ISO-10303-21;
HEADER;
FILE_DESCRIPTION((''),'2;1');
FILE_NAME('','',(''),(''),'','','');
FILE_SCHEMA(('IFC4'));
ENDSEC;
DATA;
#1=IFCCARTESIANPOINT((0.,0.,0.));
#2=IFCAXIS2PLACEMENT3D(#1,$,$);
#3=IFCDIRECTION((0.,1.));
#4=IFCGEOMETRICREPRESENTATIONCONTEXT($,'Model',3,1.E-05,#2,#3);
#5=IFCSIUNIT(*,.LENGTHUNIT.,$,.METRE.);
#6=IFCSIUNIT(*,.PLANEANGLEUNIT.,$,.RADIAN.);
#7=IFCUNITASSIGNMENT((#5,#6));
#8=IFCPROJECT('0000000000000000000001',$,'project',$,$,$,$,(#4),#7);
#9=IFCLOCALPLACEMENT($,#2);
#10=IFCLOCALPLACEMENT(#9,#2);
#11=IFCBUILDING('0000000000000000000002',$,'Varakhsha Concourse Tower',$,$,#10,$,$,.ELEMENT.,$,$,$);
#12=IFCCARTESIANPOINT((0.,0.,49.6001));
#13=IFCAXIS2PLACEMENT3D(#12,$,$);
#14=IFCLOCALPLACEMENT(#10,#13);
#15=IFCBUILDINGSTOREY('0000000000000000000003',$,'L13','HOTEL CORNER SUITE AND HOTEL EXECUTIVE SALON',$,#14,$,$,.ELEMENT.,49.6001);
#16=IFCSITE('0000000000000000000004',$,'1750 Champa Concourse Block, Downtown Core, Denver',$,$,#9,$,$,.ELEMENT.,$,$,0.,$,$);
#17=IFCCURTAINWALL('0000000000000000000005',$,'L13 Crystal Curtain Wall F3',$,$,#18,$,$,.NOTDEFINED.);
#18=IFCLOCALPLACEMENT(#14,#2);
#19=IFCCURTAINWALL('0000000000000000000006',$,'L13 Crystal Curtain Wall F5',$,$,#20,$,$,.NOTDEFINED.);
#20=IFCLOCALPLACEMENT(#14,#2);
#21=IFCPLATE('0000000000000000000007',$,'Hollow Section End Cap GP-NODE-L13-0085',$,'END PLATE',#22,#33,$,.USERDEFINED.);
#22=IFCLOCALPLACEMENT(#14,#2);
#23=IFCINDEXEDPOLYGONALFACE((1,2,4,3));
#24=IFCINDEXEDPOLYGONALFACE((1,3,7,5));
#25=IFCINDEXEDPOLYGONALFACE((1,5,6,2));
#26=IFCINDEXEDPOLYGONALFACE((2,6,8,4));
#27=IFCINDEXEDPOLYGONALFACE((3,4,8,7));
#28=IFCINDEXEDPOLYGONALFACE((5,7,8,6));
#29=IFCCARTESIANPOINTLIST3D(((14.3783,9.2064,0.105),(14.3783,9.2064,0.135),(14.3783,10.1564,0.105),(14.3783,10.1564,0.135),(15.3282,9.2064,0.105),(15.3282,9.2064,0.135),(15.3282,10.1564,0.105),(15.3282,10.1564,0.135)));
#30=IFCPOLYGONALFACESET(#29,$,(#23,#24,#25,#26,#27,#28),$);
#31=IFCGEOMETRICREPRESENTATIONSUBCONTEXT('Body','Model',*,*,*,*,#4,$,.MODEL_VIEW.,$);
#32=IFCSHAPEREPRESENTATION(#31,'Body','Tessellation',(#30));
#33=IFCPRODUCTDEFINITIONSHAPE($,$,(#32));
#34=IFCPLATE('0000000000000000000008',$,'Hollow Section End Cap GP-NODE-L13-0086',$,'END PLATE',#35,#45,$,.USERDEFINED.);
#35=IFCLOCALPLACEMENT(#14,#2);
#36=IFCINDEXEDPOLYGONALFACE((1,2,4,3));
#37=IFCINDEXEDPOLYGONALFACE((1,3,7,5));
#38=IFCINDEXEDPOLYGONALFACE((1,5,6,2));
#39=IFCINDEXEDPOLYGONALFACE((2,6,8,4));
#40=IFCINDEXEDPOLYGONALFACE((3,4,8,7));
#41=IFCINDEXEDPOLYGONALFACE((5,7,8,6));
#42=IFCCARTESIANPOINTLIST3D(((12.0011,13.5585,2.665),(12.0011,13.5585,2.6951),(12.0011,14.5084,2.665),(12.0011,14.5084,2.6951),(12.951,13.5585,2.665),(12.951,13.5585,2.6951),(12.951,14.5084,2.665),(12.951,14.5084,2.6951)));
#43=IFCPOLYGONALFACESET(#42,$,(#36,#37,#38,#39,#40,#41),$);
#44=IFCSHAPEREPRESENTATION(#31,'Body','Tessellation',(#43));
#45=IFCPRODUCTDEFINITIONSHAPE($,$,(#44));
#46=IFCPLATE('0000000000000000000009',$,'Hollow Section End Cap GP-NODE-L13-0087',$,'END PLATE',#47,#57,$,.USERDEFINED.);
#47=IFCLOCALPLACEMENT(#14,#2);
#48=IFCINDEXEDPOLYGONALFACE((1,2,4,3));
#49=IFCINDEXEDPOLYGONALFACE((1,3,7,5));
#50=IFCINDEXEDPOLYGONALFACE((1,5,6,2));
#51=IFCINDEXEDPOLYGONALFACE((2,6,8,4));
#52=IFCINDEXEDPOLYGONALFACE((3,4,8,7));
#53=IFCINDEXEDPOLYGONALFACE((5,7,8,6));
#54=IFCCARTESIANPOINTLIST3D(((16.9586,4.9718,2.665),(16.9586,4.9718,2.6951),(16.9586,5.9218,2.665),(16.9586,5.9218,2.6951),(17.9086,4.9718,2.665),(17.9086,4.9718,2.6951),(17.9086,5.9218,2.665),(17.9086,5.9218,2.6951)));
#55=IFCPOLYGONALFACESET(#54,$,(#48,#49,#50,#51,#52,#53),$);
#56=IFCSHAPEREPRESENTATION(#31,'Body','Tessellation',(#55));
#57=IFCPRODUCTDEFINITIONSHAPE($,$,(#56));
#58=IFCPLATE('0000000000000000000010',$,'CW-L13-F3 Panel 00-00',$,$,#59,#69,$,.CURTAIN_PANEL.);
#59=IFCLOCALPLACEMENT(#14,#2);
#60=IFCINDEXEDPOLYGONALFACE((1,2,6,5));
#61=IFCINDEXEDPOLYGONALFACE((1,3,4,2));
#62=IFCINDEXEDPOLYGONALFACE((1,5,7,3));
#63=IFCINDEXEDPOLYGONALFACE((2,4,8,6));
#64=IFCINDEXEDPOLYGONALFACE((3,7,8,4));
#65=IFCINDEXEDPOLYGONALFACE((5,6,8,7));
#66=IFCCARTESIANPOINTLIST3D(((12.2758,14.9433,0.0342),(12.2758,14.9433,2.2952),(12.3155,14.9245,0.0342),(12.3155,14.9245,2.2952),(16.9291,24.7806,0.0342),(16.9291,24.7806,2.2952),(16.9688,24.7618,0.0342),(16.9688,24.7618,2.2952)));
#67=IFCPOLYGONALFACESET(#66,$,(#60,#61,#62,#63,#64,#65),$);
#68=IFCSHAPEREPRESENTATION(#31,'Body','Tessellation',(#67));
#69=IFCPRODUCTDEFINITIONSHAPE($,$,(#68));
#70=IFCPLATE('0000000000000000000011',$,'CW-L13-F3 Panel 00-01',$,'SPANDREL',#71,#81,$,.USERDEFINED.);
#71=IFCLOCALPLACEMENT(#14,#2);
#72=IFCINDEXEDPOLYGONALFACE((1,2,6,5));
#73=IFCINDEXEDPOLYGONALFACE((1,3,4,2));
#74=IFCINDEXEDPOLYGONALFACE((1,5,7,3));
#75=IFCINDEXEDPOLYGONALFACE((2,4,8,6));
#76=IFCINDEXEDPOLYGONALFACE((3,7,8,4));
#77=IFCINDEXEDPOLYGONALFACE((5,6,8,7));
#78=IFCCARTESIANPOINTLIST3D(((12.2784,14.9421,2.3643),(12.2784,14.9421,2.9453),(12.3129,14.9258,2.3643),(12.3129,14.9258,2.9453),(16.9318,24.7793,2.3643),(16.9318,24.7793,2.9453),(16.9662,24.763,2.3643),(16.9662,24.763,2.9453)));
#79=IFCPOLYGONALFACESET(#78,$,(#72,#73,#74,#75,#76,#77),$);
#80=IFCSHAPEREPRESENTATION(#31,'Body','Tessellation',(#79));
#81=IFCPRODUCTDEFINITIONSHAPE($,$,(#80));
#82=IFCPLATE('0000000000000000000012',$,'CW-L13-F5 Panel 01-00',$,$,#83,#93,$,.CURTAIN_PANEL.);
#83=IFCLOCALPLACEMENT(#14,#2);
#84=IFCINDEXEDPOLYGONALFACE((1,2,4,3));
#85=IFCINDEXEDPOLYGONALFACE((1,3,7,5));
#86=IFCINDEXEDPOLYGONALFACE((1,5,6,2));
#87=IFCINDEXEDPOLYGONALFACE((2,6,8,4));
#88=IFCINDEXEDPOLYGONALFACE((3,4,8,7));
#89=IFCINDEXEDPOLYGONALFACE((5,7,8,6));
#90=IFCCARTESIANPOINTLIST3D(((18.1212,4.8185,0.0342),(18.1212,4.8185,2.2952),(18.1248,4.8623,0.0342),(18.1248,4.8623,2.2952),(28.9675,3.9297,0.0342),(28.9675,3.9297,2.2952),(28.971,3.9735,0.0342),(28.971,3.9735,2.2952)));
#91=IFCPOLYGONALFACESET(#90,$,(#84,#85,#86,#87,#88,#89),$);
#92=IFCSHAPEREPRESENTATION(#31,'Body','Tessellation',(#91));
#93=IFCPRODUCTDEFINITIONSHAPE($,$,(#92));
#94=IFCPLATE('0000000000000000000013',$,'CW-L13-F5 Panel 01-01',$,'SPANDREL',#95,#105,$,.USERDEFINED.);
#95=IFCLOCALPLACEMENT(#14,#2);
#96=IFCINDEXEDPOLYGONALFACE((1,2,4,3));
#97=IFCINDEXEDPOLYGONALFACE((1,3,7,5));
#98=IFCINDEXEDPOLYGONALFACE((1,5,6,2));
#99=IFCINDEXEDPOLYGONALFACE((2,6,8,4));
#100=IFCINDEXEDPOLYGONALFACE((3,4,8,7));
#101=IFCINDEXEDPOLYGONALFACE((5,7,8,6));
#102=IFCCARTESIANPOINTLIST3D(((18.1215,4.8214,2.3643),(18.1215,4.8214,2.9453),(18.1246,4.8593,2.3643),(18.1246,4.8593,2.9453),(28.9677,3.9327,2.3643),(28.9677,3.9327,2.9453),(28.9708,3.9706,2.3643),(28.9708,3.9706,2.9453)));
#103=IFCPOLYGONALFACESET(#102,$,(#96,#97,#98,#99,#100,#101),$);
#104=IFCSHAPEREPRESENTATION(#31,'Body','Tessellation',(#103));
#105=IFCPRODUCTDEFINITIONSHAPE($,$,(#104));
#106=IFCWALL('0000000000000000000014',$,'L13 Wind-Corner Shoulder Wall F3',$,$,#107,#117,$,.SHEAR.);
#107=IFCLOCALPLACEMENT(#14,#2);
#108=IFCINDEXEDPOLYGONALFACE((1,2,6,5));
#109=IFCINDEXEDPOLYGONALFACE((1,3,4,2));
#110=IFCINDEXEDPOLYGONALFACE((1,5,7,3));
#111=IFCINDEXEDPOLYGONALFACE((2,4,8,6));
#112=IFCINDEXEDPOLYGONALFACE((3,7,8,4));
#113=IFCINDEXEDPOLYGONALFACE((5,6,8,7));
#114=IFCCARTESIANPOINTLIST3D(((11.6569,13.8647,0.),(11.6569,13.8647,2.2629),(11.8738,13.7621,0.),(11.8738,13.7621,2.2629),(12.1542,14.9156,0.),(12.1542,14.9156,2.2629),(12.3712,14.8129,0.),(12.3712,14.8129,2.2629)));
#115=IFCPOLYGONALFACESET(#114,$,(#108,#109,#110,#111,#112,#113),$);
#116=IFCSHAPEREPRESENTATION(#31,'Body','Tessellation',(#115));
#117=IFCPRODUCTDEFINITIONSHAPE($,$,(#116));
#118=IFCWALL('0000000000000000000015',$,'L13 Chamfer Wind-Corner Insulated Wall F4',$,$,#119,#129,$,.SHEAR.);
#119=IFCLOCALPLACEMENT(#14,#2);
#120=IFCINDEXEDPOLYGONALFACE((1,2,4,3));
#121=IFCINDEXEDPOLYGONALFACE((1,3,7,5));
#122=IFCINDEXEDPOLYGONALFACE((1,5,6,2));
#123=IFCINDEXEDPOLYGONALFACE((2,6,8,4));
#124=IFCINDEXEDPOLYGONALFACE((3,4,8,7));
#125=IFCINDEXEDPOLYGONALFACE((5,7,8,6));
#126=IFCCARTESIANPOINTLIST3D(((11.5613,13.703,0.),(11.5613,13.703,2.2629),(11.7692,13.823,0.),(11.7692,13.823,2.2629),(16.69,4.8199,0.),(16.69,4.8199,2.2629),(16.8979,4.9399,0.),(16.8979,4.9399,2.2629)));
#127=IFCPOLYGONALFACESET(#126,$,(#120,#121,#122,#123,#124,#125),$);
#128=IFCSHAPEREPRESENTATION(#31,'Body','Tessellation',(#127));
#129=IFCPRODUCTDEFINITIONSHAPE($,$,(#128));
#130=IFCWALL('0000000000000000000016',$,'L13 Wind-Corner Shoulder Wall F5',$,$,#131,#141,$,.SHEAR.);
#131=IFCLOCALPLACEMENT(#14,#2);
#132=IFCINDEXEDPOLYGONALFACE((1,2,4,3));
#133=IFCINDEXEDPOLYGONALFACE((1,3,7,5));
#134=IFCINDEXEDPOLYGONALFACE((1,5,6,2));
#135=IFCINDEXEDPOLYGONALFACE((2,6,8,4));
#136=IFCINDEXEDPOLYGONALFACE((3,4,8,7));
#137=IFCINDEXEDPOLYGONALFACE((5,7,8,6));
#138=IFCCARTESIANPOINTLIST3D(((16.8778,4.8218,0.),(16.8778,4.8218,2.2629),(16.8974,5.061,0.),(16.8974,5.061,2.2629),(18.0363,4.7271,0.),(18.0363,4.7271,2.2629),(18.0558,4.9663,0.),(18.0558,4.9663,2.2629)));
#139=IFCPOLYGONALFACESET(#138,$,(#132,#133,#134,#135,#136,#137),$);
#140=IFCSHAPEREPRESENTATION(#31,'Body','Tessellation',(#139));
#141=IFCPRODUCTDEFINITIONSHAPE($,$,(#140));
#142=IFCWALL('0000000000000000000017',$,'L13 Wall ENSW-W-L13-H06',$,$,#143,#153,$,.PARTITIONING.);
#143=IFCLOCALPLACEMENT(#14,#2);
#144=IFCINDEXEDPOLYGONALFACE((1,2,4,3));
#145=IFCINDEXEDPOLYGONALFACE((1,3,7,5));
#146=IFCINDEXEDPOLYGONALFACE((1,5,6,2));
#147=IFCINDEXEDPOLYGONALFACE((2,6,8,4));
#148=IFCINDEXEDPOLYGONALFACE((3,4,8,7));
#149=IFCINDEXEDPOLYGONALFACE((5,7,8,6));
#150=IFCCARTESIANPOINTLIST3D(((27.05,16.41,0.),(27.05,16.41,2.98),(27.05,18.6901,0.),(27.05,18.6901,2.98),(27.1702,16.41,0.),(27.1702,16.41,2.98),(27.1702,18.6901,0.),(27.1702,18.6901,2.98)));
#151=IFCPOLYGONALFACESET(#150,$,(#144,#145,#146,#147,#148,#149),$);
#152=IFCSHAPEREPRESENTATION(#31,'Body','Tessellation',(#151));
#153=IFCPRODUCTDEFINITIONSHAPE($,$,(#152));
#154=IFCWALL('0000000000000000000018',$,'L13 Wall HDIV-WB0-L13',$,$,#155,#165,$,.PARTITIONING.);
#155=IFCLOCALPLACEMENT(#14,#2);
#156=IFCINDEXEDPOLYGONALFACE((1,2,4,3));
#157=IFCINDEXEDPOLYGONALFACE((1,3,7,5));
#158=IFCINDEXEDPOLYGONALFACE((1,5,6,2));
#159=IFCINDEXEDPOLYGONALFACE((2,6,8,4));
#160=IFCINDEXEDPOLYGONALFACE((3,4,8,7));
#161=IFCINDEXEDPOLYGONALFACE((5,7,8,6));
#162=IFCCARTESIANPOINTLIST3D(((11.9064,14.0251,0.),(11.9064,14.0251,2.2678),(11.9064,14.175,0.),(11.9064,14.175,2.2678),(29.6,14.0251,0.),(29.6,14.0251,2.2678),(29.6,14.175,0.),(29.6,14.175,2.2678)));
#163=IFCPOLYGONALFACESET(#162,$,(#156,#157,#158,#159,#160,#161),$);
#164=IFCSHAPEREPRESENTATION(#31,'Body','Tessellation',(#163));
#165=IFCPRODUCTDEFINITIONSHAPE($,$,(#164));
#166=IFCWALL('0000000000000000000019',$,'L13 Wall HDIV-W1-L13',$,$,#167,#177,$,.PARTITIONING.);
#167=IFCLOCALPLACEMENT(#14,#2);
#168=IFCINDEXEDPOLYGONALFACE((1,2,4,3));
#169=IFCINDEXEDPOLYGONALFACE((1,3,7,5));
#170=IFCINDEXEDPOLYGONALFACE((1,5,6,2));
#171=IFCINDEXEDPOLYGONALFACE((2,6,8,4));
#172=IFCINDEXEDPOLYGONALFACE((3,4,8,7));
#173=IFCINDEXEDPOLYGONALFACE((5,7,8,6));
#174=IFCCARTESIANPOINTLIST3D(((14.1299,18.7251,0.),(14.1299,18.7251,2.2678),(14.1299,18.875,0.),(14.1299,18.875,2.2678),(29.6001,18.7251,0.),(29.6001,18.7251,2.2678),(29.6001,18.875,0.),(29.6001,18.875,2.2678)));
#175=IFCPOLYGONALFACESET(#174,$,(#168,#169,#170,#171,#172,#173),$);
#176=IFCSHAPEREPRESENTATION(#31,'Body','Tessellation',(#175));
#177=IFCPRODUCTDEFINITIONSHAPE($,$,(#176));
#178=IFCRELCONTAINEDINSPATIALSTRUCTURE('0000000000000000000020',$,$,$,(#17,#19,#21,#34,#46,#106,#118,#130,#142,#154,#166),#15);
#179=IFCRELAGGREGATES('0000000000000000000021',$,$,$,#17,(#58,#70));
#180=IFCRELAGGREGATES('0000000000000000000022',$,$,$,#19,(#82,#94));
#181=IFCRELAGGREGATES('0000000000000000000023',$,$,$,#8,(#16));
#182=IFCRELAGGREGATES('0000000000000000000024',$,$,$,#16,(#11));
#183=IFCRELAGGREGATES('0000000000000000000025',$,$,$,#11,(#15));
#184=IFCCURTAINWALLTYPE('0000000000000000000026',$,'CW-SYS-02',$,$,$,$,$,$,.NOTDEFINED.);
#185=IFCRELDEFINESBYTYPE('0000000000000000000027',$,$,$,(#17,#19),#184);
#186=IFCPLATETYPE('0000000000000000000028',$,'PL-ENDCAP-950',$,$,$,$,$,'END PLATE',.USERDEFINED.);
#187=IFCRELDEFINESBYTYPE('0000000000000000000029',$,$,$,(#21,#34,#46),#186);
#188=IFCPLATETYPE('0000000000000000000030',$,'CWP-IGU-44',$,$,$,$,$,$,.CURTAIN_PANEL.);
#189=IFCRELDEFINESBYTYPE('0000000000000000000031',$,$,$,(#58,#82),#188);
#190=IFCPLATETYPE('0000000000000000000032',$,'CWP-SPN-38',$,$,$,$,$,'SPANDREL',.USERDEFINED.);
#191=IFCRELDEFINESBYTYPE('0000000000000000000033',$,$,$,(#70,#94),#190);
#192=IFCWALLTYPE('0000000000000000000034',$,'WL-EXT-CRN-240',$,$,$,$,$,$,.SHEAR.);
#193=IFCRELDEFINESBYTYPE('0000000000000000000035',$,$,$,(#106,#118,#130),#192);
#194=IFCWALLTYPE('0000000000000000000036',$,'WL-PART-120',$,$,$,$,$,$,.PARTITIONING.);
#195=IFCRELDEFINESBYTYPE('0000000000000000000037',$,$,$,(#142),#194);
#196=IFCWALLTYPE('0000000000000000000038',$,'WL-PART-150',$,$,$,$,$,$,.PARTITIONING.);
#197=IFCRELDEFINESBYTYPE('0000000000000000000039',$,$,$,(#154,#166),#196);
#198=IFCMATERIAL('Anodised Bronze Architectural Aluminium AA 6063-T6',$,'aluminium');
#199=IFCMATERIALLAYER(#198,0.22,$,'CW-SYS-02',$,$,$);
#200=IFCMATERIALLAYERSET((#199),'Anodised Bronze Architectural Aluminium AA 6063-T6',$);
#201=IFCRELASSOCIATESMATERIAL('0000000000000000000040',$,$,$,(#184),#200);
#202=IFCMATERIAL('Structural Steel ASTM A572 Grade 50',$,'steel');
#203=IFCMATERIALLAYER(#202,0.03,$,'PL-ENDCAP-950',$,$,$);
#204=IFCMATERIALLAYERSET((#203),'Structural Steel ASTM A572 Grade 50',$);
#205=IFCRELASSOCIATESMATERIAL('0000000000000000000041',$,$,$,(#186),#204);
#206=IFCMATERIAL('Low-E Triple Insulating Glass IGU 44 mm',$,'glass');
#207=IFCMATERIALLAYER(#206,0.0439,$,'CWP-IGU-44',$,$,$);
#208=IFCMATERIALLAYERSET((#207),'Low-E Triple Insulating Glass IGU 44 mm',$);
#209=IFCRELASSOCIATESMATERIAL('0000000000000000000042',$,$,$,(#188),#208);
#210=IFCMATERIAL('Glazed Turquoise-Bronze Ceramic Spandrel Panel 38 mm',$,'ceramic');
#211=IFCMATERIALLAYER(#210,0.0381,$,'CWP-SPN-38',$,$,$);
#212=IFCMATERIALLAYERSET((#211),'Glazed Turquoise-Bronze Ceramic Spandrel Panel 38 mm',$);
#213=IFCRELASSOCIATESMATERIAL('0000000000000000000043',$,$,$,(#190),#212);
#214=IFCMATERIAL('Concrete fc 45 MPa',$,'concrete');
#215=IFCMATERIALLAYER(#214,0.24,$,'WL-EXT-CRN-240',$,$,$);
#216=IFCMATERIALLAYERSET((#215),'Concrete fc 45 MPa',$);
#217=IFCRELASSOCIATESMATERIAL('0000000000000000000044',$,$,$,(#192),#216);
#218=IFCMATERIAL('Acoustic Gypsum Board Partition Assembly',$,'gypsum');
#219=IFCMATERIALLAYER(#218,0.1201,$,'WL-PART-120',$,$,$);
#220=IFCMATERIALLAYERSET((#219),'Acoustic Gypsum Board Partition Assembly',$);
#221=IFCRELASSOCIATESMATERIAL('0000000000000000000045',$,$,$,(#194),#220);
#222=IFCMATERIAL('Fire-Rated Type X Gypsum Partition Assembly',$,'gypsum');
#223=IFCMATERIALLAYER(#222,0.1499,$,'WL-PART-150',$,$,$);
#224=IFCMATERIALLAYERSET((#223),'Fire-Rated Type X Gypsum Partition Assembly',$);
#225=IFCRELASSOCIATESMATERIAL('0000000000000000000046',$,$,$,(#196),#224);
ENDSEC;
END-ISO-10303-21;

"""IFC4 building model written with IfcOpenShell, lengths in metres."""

from ifc_helpers import new_model, si_unit, direction, frame, frame_2d, origin, origin_2d, place, context, subcontext, project, spatial, rectangle, extrude, source, transform, mapped, material, layer, layer_set, type_object, type_shapes, element, aggregate, save


model = new_model("IFC4")

# Units and contexts
model_context = context("Model", 3, precision=1e-05, world=origin(), true_north=direction((0.0, 1.0)))
body_context = subcontext(model_context, "Body", "Model", "MODEL_VIEW")
ifc_project = project(units=[si_unit("LENGTHUNIT", "METRE"), si_unit("PLANEANGLEUNIT", "RADIAN")], contexts=[model_context])

# Site, building, storey
site_placement = place(None, origin())
site = spatial("IfcSite", under=ifc_project, at=site_placement, Name="1750 Champa Concourse Block, Downtown Core, Denver", CompositionType="ELEMENT", RefElevation=0.0)
building_placement = place(site_placement, origin())
building = spatial("IfcBuilding", under=site, at=building_placement, Name="Varakhsha Concourse Tower", CompositionType="ELEMENT")
storey_placement = place(building_placement, frame((0.0, 0.0, 49.6001)))
storey = spatial("IfcBuildingStorey", under=building, at=storey_placement, Name="L13", Description="HOTEL CORNER SUITE AND HOTEL EXECUTIVE SALON", CompositionType="ELEMENT", Elevation=49.6001)

# Shared definitions
ifc_material_1 = material(Name="Structural Steel ASTM A572 Grade 50", Category="steel")

# Curtain walls
ifc_material_2 = material(Name="Anodised Bronze Architectural Aluminium AA 6063-T6", Category="aluminium")
ifc_layer_1 = layer(ifc_material_2, 0.22, Name="CW-SYS-02")
ifc_layer_set_1 = layer_set([ifc_layer_1], Name="Anodised Bronze Architectural Aluminium AA 6063-T6")
curtain_wall_type = type_object("IfcCurtainWallType", Name="CW-SYS-02", PredefinedType="NOTDEFINED", material=ifc_layer_set_1)
curtain_wall_1_placement = place(storey_placement, origin())
curtain_wall_1 = element("IfcCurtainWall", 1, at=curtain_wall_1_placement, inside=storey, type_object=curtain_wall_type, Name="L13 Crystal Curtain Wall F3", PredefinedType="NOTDEFINED")
curtain_wall_2_placement = place(storey_placement, origin())
curtain_wall_2 = element("IfcCurtainWall", 2, at=curtain_wall_2_placement, inside=storey, type_object=curtain_wall_type, Name="L13 Crystal Curtain Wall F5", PredefinedType="NOTDEFINED")

# Shared definitions
ifc_material_3 = material(Name="Concrete fc 45 MPa", Category="concrete")

# Plates
ifc_layer_2 = layer(ifc_material_1, 0.03, Name="PL-ENDCAP-950")
ifc_layer_set_2 = layer_set([ifc_layer_2], Name="Structural Steel ASTM A572 Grade 50")
plate_type_1 = type_object("IfcPlateType", Name="PL-ENDCAP-950", ElementType="END PLATE", PredefinedType="USERDEFINED", material=ifc_layer_set_2)
shared_shape_1 = source(origin(), body_context, "Body", "SweptSolid", [
    extrude(rectangle(XDim=0.95, YDim=0.95, at=origin_2d()), origin(), (0.0, 0.0, 1.0), 0.03),
])
type_shapes(plate_type_1, [shared_shape_1])
for number, where, z_axis, x_axis, name in (
    (3, (14.8533, 9.6814, 0.105), (0.0, 0.0, 1.0), (1.0, 0.0, 0.0), "Hollow Section End Cap GP-NODE-L13-0085"),
    (4, (12.4761, 14.0334, 2.665), (0.0, 0.0, 1.0), (1.0, 0.0, 0.0), "Hollow Section End Cap GP-NODE-L13-0086"),
    (5, (17.4336, 5.4468, 2.665), (0.0, 0.0, 1.0), (1.0, 0.0, 0.0), "Hollow Section End Cap GP-NODE-L13-0087"),
):
    element("IfcPlate", number, at=place(storey_placement, frame(where, z_axis=z_axis, x_axis=x_axis)), inside=storey, type_object=plate_type_1, Name=name, ObjectType="END PLATE", PredefinedType="USERDEFINED", context=body_context, shape_type="MappedRepresentation", body=[
        mapped(shared_shape_1, transform((0.0, 0.0, 0.0), scale=1.0)),
    ])

# Plates
ifc_material_4 = material(Name="Low-E Triple Insulating Glass IGU 44 mm", Category="glass")
ifc_layer_3 = layer(ifc_material_4, 0.0439, Name="CWP-IGU-44")
ifc_layer_set_3 = layer_set([ifc_layer_3], Name="Low-E Triple Insulating Glass IGU 44 mm")
plate_type_2 = type_object("IfcPlateType", Name="CWP-IGU-44", PredefinedType="CURTAIN_PANEL", material=ifc_layer_set_3)
shared_shape_2 = source(origin(), body_context, "Body", "SweptSolid", [
    extrude(rectangle(XDim=10.8823, YDim=0.0439, at=origin_2d()), origin(), (0.0, 0.0, 1.0), 2.261),
])
plate_1_placement = place(storey_placement, frame((14.6223, 19.8525, 0.0342), z_axis=(0.0, 0.0, 1.0), x_axis=(0.427604, 0.903966, 0.0)))
plate_1 = element("IfcPlate", 6, at=plate_1_placement, type_object=plate_type_2, Name="CW-L13-F3 Panel 00-00", PredefinedType="CURTAIN_PANEL", context=body_context, shape_type="MappedRepresentation", body=[
    mapped(shared_shape_2, transform((0.0, 0.0, 0.0), scale=1.0)),
])
ifc_material_5 = material(Name="Glazed Turquoise-Bronze Ceramic Spandrel Panel 38 mm", Category="ceramic")
ifc_layer_4 = layer(ifc_material_5, 0.0381, Name="CWP-SPN-38")
ifc_layer_set_4 = layer_set([ifc_layer_4], Name="Glazed Turquoise-Bronze Ceramic Spandrel Panel 38 mm")
plate_type_3 = type_object("IfcPlateType", Name="CWP-SPN-38", ElementType="SPANDREL", PredefinedType="USERDEFINED", material=ifc_layer_set_4)
shared_shape_3 = source(origin(), body_context, "Body", "SweptSolid", [
    extrude(rectangle(XDim=10.8823, YDim=0.0381, at=origin_2d()), origin(), (0.0, 0.0, 1.0), 0.5811),
])
plate_2_placement = place(storey_placement, frame((14.6223, 19.8525, 2.3643), z_axis=(0.0, 0.0, 1.0), x_axis=(0.427604, 0.903966, 0.0)))
plate_2 = element("IfcPlate", 7, at=plate_2_placement, type_object=plate_type_3, Name="CW-L13-F3 Panel 00-01", ObjectType="SPANDREL", PredefinedType="USERDEFINED", context=body_context, shape_type="MappedRepresentation", body=[
    mapped(shared_shape_3, transform((0.0, 0.0, 0.0), scale=1.0)),
])
aggregate(curtain_wall_1, [plate_1, plate_2])
shared_shape_4 = source(origin(), body_context, "Body", "SweptSolid", [
    extrude(rectangle(XDim=10.8826, YDim=0.0439, at=origin_2d()), origin(), (0.0, 0.0, 1.0), 2.261),
])
type_shapes(plate_type_2, [shared_shape_2, shared_shape_4])
plate_3_placement = place(storey_placement, frame((23.5461, 4.396, 0.0342), z_axis=(0.0, 0.0, 1.0), x_axis=(-0.99666, 0.081664, 0.0)))
plate_3 = element("IfcPlate", 8, at=plate_3_placement, type_object=plate_type_2, Name="CW-L13-F5 Panel 01-00", PredefinedType="CURTAIN_PANEL", context=body_context, shape_type="MappedRepresentation", body=[
    mapped(shared_shape_4, transform((0.0, 0.0, 0.0), scale=1.0)),
])
shared_shape_5 = source(origin(), body_context, "Body", "SweptSolid", [
    extrude(rectangle(XDim=10.8826, YDim=0.0381, at=origin_2d()), origin(), (0.0, 0.0, 1.0), 0.5811),
])
type_shapes(plate_type_3, [shared_shape_3, shared_shape_5])
plate_4_placement = place(storey_placement, frame((23.5461, 4.396, 2.3643), z_axis=(0.0, 0.0, 1.0), x_axis=(-0.99666, 0.081664, 0.0)))
plate_4 = element("IfcPlate", 9, at=plate_4_placement, type_object=plate_type_3, Name="CW-L13-F5 Panel 01-01", ObjectType="SPANDREL", PredefinedType="USERDEFINED", context=body_context, shape_type="MappedRepresentation", body=[
    mapped(shared_shape_5, transform((0.0, 0.0, 0.0), scale=1.0)),
])
aggregate(curtain_wall_2, [plate_3, plate_4])

# Walls
ifc_layer_5 = layer(ifc_material_3, 0.24, Name="WL-EXT-CRN-240")
ifc_layer_set_5 = layer_set([ifc_layer_5], Name="Concrete fc 45 MPa")
wall_type_1 = type_object("IfcWallType", Name="WL-EXT-CRN-240", PredefinedType="SHEAR", material=ifc_layer_set_5)
wall_1_placement = place(storey_placement, frame((12.2627, 14.8643, 0.0), z_axis=(0.0, 0.0, 1.0), x_axis=(-0.427788, -0.903879, 0.0)))
element("IfcWall", 10, at=wall_1_placement, inside=storey, type_object=wall_type_1, Name="L13 Wind-Corner Shoulder Wall F3", PredefinedType="SHEAR", context=body_context, shape_type="SweptSolid", body=[
    extrude(rectangle(XDim=1.1626, YDim=0.24, at=frame_2d((0.5813, 0.0))), origin(), (0.0, 0.0, 1.0), 2.2629),
])
wall_2_placement = place(storey_placement, frame((16.7939, 4.8799, 0.0), z_axis=(0.0, 0.0, 1.0), x_axis=(-0.500002, 0.866024, 0.0)))
element("IfcWall", 11, at=wall_2_placement, inside=storey, type_object=wall_type_1, Name="L13 Chamfer Wind-Corner Insulated Wall F4", PredefinedType="SHEAR", context=body_context, shape_type="SweptSolid", body=[
    extrude(rectangle(XDim=10.2573, YDim=0.24, at=frame_2d((5.1287, 0.0))), origin(), (0.0, 0.0, 1.0), 2.2629),
])
wall_3_placement = place(storey_placement, frame((16.8877, 4.9414, 0.0), z_axis=(0.0, 0.0, 1.0), x_axis=(0.996673, -0.081498, 0.0)))
element("IfcWall", 12, at=wall_3_placement, inside=storey, type_object=wall_type_1, Name="L13 Wind-Corner Shoulder Wall F5", PredefinedType="SHEAR", context=body_context, shape_type="SweptSolid", body=[
    extrude(rectangle(XDim=1.1624, YDim=0.24, at=frame_2d((0.5811, 0.0))), origin(), (0.0, 0.0, 1.0), 2.2629),
])
ifc_material_6 = material(Name="Acoustic Gypsum Board Partition Assembly", Category="gypsum")
ifc_layer_6 = layer(ifc_material_6, 0.1201, Name="WL-PART-120")
ifc_layer_set_6 = layer_set([ifc_layer_6], Name="Acoustic Gypsum Board Partition Assembly")
wall_type_2 = type_object("IfcWallType", Name="WL-PART-120", PredefinedType="PARTITIONING", material=ifc_layer_set_6)
wall_4_placement = place(storey_placement, frame((27.1101, 16.4099, 0.0), z_axis=(0.0, 0.0, 1.0), x_axis=(0.0, 1.0, 0.0)))
element("IfcWall", 13, at=wall_4_placement, inside=storey, type_object=wall_type_2, Name="L13 Wall ENSW-W-L13-H06", PredefinedType="PARTITIONING", context=body_context, shape_type="SweptSolid", body=[
    extrude(rectangle(XDim=2.28, YDim=0.1201, at=frame_2d((1.1401, 0.0))), origin(), (0.0, 0.0, 1.0), 2.98),
])
ifc_material_7 = material(Name="Fire-Rated Type X Gypsum Partition Assembly", Category="gypsum")
ifc_layer_7 = layer(ifc_material_7, 0.1499, Name="WL-PART-150")
ifc_layer_set_7 = layer_set([ifc_layer_7], Name="Fire-Rated Type X Gypsum Partition Assembly")
wall_type_3 = type_object("IfcWallType", Name="WL-PART-150", PredefinedType="PARTITIONING", material=ifc_layer_set_7)
wall_5_placement = place(storey_placement, frame((11.9065, 14.1001, 0.0), z_axis=(0.0, 0.0, 1.0), x_axis=(1.0, 0.0, 0.0)))
element("IfcWall", 14, at=wall_5_placement, inside=storey, type_object=wall_type_3, Name="L13 Wall HDIV-WB0-L13", PredefinedType="PARTITIONING", context=body_context, shape_type="SweptSolid", body=[
    extrude(rectangle(XDim=17.6936, YDim=0.1499, at=frame_2d((8.8467, 0.0))), origin(), (0.0, 0.0, 1.0), 2.2678),
])
wall_6_placement = place(storey_placement, frame((14.1299, 18.8, 0.0), z_axis=(0.0, 0.0, 1.0), x_axis=(1.0, 0.0, 0.0)))
element("IfcWall", 15, at=wall_6_placement, inside=storey, type_object=wall_type_3, Name="L13 Wall HDIV-W1-L13", PredefinedType="PARTITIONING", context=body_context, shape_type="SweptSolid", body=[
    extrude(rectangle(XDim=15.4702, YDim=0.1499, at=frame_2d((7.7351, 0.0))), origin(), (0.0, 0.0, 1.0), 2.2678),
])

save(model, "model.ifc")
